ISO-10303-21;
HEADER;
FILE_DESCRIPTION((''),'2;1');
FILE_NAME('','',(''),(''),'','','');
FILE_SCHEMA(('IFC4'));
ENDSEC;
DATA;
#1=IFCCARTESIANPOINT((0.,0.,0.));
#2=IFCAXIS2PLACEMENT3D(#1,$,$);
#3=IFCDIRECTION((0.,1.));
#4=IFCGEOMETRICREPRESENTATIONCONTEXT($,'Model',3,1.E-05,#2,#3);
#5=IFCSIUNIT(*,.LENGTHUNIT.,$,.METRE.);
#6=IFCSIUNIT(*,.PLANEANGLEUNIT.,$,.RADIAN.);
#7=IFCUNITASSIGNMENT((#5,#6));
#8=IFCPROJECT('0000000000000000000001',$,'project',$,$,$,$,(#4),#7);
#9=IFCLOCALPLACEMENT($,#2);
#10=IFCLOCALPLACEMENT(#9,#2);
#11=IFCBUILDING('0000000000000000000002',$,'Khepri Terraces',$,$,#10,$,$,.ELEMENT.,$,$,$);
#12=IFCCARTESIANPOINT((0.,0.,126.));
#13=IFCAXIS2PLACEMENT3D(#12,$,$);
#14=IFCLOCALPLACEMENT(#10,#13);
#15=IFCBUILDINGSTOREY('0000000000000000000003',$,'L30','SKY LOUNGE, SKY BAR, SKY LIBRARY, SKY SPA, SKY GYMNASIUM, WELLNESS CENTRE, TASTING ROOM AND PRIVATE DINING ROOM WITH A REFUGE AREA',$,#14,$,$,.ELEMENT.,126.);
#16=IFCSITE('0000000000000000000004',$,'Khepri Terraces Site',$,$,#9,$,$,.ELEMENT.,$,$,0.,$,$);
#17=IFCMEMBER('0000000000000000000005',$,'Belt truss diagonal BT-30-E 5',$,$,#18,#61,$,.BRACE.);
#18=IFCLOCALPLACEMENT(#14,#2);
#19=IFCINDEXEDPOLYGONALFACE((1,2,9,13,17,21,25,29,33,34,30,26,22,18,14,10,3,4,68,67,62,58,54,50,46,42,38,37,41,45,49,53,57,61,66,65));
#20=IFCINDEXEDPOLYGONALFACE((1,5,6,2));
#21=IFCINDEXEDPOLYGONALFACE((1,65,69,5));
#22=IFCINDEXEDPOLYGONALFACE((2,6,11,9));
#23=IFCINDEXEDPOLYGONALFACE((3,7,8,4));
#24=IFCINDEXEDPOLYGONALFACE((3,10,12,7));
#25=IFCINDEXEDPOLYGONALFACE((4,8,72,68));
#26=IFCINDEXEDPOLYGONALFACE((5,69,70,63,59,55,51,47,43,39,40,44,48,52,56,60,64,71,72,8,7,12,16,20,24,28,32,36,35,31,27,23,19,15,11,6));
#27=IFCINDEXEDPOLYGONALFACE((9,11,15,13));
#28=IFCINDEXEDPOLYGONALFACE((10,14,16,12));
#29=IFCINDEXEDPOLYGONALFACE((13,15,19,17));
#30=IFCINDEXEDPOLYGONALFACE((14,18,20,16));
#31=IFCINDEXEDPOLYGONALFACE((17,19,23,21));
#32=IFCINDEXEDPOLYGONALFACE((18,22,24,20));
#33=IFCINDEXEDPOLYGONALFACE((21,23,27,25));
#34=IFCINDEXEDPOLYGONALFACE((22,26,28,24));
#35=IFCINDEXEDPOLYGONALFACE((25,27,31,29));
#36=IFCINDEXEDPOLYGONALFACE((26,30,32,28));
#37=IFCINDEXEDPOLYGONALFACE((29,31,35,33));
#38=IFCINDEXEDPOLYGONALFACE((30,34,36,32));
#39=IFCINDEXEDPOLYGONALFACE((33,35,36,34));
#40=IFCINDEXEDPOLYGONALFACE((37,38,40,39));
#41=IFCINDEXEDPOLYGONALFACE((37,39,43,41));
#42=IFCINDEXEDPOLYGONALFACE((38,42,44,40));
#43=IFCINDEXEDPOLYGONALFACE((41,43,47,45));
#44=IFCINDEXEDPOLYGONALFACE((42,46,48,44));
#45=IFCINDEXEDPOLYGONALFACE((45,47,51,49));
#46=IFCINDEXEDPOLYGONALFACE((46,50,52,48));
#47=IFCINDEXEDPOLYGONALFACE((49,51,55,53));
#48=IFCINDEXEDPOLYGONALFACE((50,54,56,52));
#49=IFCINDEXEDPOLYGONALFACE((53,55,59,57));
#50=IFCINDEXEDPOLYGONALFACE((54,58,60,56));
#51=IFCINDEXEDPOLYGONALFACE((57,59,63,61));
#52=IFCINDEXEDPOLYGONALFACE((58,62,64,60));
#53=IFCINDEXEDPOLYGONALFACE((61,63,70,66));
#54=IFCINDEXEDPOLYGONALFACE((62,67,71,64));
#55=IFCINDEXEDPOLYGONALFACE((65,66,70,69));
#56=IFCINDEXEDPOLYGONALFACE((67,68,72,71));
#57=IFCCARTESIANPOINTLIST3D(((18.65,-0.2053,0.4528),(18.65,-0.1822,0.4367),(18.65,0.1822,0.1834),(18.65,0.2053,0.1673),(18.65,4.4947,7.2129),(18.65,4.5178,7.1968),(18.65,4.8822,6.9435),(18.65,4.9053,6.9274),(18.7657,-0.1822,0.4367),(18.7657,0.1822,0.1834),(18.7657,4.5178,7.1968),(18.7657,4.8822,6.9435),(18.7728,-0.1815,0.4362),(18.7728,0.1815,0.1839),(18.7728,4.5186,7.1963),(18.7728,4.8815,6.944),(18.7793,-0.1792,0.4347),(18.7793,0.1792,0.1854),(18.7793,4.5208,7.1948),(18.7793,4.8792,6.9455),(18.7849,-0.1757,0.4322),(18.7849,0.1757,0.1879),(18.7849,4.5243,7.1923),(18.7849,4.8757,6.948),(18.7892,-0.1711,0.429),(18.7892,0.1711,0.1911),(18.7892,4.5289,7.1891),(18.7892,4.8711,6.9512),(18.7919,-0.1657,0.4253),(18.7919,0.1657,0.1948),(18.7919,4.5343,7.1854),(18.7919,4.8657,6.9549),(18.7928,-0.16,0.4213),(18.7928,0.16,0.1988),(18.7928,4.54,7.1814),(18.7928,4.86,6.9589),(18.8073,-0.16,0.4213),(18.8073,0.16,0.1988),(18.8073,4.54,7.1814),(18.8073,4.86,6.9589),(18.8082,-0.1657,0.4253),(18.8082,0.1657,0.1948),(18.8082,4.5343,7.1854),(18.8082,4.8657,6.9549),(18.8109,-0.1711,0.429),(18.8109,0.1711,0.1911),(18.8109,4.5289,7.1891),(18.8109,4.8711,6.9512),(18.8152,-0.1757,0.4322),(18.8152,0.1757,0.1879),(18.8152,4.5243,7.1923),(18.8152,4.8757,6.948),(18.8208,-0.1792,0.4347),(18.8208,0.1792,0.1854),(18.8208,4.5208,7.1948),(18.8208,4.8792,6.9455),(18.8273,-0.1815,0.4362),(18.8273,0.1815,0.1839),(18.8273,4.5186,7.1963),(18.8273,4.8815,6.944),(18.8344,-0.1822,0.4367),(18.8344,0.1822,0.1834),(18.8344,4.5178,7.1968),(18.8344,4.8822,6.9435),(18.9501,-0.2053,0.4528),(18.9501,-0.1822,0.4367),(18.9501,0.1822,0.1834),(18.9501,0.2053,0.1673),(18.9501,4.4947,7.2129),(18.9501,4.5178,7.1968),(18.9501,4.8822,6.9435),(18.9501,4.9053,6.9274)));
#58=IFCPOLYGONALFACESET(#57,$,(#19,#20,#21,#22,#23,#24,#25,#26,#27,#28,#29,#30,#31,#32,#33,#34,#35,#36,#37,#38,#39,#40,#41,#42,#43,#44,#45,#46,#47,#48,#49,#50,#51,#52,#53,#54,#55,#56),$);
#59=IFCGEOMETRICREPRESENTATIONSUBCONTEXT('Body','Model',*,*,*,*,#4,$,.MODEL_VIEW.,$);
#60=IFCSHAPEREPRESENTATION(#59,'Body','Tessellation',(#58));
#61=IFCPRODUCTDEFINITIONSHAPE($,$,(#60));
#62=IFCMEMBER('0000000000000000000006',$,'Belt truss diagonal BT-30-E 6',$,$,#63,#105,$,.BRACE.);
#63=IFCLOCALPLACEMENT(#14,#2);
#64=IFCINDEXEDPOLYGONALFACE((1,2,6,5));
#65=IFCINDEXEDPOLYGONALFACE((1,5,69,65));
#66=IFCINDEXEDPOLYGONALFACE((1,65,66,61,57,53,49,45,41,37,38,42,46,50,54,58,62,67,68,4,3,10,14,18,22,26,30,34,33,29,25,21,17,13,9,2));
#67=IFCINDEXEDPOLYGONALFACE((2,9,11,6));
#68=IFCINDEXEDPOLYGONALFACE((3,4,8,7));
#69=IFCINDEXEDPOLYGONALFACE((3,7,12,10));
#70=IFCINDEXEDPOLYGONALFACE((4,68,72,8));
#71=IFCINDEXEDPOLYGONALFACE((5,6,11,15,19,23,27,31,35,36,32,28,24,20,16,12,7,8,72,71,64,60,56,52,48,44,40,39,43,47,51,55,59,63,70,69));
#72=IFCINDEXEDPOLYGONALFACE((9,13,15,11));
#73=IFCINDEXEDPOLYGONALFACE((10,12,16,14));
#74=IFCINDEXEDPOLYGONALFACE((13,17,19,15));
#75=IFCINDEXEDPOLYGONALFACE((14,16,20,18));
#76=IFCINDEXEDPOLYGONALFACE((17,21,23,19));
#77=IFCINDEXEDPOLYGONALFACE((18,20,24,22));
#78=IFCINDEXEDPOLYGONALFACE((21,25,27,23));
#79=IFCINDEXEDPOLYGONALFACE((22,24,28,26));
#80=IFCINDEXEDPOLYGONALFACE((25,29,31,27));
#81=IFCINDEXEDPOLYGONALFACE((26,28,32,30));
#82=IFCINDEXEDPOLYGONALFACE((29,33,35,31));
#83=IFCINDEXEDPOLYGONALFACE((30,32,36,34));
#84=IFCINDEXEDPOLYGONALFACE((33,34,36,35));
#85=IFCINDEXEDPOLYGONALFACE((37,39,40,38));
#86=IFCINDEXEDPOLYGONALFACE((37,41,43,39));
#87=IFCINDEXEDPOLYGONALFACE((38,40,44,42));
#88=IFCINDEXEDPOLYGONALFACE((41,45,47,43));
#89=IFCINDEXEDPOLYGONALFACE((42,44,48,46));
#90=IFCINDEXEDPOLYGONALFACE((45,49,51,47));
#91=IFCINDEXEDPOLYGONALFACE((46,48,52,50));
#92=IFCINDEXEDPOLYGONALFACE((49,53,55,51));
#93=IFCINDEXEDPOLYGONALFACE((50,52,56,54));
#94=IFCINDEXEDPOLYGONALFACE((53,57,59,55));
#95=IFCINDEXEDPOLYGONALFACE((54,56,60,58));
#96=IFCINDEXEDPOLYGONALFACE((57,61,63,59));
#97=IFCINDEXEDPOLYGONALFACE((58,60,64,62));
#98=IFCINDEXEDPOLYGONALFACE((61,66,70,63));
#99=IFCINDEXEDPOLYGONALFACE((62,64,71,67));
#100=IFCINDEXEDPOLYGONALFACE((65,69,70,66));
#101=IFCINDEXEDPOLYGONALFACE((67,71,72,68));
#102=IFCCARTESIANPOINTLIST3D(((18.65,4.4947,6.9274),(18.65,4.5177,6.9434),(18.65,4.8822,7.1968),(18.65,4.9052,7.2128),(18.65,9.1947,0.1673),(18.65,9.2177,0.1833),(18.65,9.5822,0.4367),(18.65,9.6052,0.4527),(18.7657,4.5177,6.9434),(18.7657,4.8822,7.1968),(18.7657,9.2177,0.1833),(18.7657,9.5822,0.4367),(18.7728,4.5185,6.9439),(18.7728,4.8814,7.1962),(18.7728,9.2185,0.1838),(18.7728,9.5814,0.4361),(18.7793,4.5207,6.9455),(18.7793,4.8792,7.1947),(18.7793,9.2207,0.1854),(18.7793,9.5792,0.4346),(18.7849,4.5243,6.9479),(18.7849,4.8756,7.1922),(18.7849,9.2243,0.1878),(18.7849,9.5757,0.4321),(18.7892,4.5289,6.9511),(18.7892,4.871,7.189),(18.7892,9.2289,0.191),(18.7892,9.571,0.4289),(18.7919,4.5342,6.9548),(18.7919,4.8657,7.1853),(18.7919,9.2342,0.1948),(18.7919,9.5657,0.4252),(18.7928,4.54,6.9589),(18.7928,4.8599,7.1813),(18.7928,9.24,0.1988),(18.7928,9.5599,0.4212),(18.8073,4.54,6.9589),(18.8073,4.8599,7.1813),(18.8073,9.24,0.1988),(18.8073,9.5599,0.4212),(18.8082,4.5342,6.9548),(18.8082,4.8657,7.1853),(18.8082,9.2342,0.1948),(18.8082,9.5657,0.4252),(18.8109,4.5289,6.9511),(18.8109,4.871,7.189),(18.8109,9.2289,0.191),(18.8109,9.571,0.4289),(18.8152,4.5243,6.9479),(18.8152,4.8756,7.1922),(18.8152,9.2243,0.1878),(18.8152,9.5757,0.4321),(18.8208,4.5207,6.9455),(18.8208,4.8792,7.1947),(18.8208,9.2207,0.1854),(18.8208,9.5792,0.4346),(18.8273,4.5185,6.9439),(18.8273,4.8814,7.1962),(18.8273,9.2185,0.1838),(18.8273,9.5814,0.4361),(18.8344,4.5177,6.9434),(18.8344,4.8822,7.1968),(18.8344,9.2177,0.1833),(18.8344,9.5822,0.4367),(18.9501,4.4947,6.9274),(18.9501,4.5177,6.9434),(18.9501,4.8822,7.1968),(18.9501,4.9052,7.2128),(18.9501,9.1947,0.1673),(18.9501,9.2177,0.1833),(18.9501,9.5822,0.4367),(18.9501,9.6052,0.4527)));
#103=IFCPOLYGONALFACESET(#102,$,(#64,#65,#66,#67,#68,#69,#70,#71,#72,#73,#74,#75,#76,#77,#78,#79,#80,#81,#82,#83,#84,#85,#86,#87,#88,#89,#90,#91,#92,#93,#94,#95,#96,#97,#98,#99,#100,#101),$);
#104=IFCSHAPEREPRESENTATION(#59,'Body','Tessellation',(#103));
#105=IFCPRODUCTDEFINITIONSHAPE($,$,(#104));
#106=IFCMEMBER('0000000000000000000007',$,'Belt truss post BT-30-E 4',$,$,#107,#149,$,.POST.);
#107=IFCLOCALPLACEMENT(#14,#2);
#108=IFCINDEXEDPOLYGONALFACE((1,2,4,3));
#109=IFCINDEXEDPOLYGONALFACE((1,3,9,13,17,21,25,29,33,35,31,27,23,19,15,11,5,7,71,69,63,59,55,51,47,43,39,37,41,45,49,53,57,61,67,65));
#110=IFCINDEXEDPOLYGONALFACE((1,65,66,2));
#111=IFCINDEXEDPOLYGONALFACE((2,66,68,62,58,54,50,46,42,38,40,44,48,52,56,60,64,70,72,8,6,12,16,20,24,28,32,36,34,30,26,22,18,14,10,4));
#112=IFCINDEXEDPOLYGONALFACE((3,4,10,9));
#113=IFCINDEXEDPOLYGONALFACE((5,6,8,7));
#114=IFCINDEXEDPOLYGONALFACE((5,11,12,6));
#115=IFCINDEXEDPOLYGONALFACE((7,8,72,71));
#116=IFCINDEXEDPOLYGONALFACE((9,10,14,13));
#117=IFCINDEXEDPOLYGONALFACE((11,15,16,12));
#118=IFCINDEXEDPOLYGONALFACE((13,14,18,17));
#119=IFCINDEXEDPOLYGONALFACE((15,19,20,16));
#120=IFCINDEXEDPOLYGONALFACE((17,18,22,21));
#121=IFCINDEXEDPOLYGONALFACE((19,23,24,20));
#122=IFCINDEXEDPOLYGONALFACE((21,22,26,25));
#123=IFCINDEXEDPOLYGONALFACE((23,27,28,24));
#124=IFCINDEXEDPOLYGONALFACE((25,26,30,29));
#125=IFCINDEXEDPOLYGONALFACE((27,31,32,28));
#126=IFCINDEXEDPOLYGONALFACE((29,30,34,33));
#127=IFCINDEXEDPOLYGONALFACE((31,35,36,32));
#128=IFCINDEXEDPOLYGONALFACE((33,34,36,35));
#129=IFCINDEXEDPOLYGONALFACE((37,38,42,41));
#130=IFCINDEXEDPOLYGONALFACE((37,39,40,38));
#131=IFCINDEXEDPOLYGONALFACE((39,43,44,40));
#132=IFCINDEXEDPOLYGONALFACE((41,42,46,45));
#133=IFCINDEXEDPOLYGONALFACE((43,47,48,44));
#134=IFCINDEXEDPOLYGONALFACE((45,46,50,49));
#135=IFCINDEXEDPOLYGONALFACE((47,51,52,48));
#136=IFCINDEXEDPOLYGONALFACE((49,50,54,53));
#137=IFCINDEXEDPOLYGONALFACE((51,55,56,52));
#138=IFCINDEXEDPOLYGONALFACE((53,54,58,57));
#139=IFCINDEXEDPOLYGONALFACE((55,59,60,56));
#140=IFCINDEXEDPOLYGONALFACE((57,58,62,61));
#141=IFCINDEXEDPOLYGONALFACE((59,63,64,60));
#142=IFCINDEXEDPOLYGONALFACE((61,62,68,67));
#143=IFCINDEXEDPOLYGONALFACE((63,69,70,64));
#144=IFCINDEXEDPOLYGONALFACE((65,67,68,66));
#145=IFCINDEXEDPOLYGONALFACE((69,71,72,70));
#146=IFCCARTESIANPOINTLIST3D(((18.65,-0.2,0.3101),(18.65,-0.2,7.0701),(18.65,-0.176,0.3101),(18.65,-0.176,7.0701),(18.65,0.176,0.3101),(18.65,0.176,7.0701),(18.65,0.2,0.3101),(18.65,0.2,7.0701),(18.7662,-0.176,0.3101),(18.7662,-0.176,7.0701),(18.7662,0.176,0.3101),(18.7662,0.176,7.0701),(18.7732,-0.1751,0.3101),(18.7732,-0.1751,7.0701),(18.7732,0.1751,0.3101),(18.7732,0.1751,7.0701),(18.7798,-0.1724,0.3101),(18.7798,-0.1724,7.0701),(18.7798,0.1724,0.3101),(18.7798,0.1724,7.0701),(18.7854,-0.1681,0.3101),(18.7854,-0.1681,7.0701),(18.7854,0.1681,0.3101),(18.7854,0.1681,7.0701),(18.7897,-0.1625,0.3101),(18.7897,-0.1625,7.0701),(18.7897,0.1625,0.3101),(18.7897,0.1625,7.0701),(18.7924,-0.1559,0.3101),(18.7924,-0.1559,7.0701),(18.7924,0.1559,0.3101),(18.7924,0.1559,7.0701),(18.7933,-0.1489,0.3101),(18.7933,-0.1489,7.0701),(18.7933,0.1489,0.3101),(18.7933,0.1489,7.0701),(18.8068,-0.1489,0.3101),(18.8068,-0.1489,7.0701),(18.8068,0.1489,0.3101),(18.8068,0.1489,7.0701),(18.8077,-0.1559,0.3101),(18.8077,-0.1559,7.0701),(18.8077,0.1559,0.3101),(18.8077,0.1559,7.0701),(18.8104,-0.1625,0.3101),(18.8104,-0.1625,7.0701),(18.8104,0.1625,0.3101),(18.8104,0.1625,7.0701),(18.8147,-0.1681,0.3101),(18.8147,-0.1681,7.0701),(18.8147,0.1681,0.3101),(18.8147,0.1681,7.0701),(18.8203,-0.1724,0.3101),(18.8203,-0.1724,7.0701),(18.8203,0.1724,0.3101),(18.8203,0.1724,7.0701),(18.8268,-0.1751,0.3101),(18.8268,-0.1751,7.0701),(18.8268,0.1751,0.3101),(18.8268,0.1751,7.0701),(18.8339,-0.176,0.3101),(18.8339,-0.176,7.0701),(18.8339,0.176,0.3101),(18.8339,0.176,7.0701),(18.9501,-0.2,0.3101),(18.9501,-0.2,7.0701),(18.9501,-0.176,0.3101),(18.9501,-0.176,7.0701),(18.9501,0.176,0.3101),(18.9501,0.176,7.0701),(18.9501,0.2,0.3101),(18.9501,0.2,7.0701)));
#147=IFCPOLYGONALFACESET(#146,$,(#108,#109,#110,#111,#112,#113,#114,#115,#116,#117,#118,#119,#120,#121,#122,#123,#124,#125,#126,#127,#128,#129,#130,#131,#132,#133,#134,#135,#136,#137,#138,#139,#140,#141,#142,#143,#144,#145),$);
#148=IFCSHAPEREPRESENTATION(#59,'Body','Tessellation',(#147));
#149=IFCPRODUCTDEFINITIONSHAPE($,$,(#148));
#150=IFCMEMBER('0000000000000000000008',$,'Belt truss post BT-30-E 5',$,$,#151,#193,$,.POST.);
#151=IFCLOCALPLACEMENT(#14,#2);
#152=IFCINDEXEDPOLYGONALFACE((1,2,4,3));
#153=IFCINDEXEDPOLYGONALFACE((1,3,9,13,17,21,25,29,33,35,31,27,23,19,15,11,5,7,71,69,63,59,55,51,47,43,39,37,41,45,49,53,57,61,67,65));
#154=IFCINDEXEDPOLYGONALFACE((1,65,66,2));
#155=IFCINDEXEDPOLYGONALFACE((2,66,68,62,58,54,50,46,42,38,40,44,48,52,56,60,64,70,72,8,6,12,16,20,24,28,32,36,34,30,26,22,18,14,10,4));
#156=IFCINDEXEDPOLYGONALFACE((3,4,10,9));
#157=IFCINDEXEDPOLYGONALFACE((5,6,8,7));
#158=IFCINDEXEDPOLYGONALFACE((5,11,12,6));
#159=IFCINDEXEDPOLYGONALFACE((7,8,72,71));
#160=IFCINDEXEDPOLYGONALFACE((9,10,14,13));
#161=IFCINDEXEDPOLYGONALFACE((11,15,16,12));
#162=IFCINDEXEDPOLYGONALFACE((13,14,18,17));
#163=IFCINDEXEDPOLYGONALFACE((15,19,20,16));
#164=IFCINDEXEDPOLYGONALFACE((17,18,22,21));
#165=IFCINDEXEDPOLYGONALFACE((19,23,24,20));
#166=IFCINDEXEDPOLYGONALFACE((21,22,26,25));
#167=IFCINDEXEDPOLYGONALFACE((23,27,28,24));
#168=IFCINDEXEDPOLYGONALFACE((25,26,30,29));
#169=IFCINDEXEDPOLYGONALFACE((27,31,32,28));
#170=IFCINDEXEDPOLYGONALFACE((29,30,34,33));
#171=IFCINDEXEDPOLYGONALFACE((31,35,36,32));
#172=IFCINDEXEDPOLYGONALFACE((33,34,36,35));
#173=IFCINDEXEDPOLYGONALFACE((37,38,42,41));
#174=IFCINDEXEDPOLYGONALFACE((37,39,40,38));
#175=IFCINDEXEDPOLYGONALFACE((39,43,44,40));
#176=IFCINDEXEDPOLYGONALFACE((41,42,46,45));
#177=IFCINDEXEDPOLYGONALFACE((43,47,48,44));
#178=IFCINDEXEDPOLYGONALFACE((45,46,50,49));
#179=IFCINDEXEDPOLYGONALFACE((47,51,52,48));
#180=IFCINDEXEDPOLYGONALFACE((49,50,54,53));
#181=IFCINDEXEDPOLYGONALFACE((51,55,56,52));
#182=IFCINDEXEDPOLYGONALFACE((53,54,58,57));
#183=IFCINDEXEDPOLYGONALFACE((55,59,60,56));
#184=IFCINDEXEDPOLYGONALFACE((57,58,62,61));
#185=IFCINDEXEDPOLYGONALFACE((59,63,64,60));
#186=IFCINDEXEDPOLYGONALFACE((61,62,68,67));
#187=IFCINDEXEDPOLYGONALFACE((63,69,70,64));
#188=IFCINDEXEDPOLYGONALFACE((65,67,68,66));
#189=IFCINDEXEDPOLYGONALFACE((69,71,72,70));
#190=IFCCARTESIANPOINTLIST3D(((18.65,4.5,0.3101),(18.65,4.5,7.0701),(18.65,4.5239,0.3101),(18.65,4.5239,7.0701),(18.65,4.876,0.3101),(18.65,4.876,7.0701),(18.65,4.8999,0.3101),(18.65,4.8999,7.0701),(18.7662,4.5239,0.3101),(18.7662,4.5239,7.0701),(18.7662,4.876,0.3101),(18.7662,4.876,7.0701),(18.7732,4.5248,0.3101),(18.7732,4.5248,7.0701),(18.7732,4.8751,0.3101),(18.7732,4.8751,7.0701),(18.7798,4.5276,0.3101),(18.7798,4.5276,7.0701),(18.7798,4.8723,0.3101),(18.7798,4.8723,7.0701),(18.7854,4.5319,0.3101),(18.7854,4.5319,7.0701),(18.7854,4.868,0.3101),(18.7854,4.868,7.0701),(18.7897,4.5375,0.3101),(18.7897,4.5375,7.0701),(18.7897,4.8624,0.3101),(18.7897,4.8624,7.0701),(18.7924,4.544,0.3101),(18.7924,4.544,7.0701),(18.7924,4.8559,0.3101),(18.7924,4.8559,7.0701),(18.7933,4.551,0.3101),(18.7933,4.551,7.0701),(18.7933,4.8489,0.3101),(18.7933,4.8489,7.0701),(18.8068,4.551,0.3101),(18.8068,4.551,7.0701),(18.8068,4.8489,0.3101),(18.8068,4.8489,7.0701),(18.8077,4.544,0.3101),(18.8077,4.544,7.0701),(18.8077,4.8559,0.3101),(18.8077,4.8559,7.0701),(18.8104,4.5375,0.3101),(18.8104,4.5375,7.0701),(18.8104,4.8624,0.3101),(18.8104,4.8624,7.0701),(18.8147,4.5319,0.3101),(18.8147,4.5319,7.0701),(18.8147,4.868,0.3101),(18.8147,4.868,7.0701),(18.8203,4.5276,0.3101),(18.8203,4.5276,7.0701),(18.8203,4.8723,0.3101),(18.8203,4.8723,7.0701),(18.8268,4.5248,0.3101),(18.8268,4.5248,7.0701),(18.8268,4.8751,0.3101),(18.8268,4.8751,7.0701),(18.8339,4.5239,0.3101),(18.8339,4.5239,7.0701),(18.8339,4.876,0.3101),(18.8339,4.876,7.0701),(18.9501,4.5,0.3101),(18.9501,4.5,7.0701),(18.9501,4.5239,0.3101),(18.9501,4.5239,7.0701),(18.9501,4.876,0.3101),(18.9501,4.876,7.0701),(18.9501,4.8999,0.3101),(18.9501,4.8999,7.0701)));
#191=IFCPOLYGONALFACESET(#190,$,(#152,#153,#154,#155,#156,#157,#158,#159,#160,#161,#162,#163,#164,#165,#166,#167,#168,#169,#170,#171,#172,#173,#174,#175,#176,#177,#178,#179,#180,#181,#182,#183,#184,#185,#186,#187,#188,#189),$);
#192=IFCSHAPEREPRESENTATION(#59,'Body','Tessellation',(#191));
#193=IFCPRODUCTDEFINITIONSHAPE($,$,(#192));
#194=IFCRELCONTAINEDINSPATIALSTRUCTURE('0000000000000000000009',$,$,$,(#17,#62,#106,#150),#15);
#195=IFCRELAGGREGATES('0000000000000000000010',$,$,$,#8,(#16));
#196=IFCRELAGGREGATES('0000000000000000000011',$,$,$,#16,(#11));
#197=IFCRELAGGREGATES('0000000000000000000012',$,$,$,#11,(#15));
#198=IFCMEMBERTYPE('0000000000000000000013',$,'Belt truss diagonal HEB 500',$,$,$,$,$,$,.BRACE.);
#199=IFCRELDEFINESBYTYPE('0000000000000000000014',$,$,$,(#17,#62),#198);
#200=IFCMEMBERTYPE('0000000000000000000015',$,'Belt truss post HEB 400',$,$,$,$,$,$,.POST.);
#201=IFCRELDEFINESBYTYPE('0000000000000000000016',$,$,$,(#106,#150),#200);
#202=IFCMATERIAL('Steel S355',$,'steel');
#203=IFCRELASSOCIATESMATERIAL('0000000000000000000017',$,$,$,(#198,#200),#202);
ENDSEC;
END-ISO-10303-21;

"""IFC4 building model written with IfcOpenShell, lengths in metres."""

from ifc_helpers import new_model, si_unit, direction, frame, origin, origin_2d, place, context, subcontext, project, spatial, i_section, extrude, material, material_profile, profile_set, type_object, element, save


model = new_model("IFC4")

# Units and contexts
model_context = context("Model", 3, precision=1e-05, world=origin(), true_north=direction((0.0, 1.0)))
body_context = subcontext(model_context, "Body", "Model", "MODEL_VIEW")
ifc_project = project(units=[si_unit("LENGTHUNIT", "METRE"), si_unit("PLANEANGLEUNIT", "RADIAN")], contexts=[model_context])

# Site, building, storey
site_placement = place(None, origin())
site = spatial("IfcSite", under=ifc_project, at=site_placement, Name="Khepri Terraces Site", CompositionType="ELEMENT", RefElevation=0.0)
building_placement = place(site_placement, origin())
building = spatial("IfcBuilding", under=site, at=building_placement, Name="Khepri Terraces", CompositionType="ELEMENT")
storey_placement = place(building_placement, frame((0.0, 0.0, 126.0)))
storey = spatial("IfcBuildingStorey", under=building, at=storey_placement, Name="L30", Description="SKY LOUNGE, SKY BAR, SKY LIBRARY, SKY SPA, SKY GYMNASIUM, WELLNESS CENTRE, TASTING ROOM AND PRIVATE DINING ROOM WITH A REFUGE AREA", CompositionType="ELEMENT", Elevation=126.0)

# Members
ifc_material_1 = material(Name="Steel S355", Category="steel")
ifc_material_profile_1 = material_profile(ifc_material_1, i_section(OverallWidth=0.3, OverallDepth=0.5, WebThickness=0.0144, FlangeThickness=0.0281, FilletRadius=0.0271, at=origin_2d()), Name="Steel S355", Category="steel")
ifc_profile_set_1 = profile_set([ifc_material_profile_1], Name="Steel S355")
member_type_1 = type_object("IfcMemberType", Name="Belt truss diagonal HEB 500", PredefinedType="BRACE", material=ifc_profile_set_1)
for number, where, z_axis, x_axis, name in (
    (1, (18.8, 0.0, 0.3101), (0.0, 0.570846, 0.821057), (-1.0, 0.0, 0.0), "Belt truss diagonal BT-30-E 5"),
    (2, (18.8, 4.7, 7.0701), (0.0, 0.570846, -0.821057), (-1.0, 0.0, 0.0), "Belt truss diagonal BT-30-E 6"),
):
    element("IfcMember", number, at=place(storey_placement, frame(where, z_axis=z_axis, x_axis=x_axis)), inside=storey, type_object=member_type_1, Name=name, PredefinedType="BRACE", context=body_context, shape_type="SweptSolid", body=[
        extrude(i_section(OverallWidth=0.3, OverallDepth=0.5, WebThickness=0.0144, FlangeThickness=0.0281, FilletRadius=0.0271, at=origin_2d()), origin(), (0.0, 0.0, 1.0), 8.2334),
    ])
ifc_material_profile_2 = material_profile(ifc_material_1, i_section(OverallWidth=0.3, OverallDepth=0.3999, WebThickness=0.0134, FlangeThickness=0.0239, FilletRadius=0.0271, at=origin_2d()), Name="Steel S355", Category="steel")
ifc_profile_set_2 = profile_set([ifc_material_profile_2], Name="Steel S355")
member_type_2 = type_object("IfcMemberType", Name="Belt truss post HEB 400", PredefinedType="POST", material=ifc_profile_set_2)
for number, where, z_axis, x_axis, name in (
    (3, (18.8, 0.0, 0.3101), (0.0, 0.0, 1.0), (1.0, 0.0, 0.0), "Belt truss post BT-30-E 4"),
    (4, (18.8, 4.7, 0.3101), (0.0, 0.0, 1.0), (1.0, 0.0, 0.0), "Belt truss post BT-30-E 5"),
):
    element("IfcMember", number, at=place(storey_placement, frame(where, z_axis=z_axis, x_axis=x_axis)), inside=storey, type_object=member_type_2, Name=name, PredefinedType="POST", context=body_context, shape_type="SweptSolid", body=[
        extrude(i_section(OverallWidth=0.3, OverallDepth=0.3999, WebThickness=0.0134, FlangeThickness=0.0239, FilletRadius=0.0271, at=origin_2d()), origin(), (0.0, 0.0, 1.0), 6.76),
    ])

save(model, "model.ifc")
